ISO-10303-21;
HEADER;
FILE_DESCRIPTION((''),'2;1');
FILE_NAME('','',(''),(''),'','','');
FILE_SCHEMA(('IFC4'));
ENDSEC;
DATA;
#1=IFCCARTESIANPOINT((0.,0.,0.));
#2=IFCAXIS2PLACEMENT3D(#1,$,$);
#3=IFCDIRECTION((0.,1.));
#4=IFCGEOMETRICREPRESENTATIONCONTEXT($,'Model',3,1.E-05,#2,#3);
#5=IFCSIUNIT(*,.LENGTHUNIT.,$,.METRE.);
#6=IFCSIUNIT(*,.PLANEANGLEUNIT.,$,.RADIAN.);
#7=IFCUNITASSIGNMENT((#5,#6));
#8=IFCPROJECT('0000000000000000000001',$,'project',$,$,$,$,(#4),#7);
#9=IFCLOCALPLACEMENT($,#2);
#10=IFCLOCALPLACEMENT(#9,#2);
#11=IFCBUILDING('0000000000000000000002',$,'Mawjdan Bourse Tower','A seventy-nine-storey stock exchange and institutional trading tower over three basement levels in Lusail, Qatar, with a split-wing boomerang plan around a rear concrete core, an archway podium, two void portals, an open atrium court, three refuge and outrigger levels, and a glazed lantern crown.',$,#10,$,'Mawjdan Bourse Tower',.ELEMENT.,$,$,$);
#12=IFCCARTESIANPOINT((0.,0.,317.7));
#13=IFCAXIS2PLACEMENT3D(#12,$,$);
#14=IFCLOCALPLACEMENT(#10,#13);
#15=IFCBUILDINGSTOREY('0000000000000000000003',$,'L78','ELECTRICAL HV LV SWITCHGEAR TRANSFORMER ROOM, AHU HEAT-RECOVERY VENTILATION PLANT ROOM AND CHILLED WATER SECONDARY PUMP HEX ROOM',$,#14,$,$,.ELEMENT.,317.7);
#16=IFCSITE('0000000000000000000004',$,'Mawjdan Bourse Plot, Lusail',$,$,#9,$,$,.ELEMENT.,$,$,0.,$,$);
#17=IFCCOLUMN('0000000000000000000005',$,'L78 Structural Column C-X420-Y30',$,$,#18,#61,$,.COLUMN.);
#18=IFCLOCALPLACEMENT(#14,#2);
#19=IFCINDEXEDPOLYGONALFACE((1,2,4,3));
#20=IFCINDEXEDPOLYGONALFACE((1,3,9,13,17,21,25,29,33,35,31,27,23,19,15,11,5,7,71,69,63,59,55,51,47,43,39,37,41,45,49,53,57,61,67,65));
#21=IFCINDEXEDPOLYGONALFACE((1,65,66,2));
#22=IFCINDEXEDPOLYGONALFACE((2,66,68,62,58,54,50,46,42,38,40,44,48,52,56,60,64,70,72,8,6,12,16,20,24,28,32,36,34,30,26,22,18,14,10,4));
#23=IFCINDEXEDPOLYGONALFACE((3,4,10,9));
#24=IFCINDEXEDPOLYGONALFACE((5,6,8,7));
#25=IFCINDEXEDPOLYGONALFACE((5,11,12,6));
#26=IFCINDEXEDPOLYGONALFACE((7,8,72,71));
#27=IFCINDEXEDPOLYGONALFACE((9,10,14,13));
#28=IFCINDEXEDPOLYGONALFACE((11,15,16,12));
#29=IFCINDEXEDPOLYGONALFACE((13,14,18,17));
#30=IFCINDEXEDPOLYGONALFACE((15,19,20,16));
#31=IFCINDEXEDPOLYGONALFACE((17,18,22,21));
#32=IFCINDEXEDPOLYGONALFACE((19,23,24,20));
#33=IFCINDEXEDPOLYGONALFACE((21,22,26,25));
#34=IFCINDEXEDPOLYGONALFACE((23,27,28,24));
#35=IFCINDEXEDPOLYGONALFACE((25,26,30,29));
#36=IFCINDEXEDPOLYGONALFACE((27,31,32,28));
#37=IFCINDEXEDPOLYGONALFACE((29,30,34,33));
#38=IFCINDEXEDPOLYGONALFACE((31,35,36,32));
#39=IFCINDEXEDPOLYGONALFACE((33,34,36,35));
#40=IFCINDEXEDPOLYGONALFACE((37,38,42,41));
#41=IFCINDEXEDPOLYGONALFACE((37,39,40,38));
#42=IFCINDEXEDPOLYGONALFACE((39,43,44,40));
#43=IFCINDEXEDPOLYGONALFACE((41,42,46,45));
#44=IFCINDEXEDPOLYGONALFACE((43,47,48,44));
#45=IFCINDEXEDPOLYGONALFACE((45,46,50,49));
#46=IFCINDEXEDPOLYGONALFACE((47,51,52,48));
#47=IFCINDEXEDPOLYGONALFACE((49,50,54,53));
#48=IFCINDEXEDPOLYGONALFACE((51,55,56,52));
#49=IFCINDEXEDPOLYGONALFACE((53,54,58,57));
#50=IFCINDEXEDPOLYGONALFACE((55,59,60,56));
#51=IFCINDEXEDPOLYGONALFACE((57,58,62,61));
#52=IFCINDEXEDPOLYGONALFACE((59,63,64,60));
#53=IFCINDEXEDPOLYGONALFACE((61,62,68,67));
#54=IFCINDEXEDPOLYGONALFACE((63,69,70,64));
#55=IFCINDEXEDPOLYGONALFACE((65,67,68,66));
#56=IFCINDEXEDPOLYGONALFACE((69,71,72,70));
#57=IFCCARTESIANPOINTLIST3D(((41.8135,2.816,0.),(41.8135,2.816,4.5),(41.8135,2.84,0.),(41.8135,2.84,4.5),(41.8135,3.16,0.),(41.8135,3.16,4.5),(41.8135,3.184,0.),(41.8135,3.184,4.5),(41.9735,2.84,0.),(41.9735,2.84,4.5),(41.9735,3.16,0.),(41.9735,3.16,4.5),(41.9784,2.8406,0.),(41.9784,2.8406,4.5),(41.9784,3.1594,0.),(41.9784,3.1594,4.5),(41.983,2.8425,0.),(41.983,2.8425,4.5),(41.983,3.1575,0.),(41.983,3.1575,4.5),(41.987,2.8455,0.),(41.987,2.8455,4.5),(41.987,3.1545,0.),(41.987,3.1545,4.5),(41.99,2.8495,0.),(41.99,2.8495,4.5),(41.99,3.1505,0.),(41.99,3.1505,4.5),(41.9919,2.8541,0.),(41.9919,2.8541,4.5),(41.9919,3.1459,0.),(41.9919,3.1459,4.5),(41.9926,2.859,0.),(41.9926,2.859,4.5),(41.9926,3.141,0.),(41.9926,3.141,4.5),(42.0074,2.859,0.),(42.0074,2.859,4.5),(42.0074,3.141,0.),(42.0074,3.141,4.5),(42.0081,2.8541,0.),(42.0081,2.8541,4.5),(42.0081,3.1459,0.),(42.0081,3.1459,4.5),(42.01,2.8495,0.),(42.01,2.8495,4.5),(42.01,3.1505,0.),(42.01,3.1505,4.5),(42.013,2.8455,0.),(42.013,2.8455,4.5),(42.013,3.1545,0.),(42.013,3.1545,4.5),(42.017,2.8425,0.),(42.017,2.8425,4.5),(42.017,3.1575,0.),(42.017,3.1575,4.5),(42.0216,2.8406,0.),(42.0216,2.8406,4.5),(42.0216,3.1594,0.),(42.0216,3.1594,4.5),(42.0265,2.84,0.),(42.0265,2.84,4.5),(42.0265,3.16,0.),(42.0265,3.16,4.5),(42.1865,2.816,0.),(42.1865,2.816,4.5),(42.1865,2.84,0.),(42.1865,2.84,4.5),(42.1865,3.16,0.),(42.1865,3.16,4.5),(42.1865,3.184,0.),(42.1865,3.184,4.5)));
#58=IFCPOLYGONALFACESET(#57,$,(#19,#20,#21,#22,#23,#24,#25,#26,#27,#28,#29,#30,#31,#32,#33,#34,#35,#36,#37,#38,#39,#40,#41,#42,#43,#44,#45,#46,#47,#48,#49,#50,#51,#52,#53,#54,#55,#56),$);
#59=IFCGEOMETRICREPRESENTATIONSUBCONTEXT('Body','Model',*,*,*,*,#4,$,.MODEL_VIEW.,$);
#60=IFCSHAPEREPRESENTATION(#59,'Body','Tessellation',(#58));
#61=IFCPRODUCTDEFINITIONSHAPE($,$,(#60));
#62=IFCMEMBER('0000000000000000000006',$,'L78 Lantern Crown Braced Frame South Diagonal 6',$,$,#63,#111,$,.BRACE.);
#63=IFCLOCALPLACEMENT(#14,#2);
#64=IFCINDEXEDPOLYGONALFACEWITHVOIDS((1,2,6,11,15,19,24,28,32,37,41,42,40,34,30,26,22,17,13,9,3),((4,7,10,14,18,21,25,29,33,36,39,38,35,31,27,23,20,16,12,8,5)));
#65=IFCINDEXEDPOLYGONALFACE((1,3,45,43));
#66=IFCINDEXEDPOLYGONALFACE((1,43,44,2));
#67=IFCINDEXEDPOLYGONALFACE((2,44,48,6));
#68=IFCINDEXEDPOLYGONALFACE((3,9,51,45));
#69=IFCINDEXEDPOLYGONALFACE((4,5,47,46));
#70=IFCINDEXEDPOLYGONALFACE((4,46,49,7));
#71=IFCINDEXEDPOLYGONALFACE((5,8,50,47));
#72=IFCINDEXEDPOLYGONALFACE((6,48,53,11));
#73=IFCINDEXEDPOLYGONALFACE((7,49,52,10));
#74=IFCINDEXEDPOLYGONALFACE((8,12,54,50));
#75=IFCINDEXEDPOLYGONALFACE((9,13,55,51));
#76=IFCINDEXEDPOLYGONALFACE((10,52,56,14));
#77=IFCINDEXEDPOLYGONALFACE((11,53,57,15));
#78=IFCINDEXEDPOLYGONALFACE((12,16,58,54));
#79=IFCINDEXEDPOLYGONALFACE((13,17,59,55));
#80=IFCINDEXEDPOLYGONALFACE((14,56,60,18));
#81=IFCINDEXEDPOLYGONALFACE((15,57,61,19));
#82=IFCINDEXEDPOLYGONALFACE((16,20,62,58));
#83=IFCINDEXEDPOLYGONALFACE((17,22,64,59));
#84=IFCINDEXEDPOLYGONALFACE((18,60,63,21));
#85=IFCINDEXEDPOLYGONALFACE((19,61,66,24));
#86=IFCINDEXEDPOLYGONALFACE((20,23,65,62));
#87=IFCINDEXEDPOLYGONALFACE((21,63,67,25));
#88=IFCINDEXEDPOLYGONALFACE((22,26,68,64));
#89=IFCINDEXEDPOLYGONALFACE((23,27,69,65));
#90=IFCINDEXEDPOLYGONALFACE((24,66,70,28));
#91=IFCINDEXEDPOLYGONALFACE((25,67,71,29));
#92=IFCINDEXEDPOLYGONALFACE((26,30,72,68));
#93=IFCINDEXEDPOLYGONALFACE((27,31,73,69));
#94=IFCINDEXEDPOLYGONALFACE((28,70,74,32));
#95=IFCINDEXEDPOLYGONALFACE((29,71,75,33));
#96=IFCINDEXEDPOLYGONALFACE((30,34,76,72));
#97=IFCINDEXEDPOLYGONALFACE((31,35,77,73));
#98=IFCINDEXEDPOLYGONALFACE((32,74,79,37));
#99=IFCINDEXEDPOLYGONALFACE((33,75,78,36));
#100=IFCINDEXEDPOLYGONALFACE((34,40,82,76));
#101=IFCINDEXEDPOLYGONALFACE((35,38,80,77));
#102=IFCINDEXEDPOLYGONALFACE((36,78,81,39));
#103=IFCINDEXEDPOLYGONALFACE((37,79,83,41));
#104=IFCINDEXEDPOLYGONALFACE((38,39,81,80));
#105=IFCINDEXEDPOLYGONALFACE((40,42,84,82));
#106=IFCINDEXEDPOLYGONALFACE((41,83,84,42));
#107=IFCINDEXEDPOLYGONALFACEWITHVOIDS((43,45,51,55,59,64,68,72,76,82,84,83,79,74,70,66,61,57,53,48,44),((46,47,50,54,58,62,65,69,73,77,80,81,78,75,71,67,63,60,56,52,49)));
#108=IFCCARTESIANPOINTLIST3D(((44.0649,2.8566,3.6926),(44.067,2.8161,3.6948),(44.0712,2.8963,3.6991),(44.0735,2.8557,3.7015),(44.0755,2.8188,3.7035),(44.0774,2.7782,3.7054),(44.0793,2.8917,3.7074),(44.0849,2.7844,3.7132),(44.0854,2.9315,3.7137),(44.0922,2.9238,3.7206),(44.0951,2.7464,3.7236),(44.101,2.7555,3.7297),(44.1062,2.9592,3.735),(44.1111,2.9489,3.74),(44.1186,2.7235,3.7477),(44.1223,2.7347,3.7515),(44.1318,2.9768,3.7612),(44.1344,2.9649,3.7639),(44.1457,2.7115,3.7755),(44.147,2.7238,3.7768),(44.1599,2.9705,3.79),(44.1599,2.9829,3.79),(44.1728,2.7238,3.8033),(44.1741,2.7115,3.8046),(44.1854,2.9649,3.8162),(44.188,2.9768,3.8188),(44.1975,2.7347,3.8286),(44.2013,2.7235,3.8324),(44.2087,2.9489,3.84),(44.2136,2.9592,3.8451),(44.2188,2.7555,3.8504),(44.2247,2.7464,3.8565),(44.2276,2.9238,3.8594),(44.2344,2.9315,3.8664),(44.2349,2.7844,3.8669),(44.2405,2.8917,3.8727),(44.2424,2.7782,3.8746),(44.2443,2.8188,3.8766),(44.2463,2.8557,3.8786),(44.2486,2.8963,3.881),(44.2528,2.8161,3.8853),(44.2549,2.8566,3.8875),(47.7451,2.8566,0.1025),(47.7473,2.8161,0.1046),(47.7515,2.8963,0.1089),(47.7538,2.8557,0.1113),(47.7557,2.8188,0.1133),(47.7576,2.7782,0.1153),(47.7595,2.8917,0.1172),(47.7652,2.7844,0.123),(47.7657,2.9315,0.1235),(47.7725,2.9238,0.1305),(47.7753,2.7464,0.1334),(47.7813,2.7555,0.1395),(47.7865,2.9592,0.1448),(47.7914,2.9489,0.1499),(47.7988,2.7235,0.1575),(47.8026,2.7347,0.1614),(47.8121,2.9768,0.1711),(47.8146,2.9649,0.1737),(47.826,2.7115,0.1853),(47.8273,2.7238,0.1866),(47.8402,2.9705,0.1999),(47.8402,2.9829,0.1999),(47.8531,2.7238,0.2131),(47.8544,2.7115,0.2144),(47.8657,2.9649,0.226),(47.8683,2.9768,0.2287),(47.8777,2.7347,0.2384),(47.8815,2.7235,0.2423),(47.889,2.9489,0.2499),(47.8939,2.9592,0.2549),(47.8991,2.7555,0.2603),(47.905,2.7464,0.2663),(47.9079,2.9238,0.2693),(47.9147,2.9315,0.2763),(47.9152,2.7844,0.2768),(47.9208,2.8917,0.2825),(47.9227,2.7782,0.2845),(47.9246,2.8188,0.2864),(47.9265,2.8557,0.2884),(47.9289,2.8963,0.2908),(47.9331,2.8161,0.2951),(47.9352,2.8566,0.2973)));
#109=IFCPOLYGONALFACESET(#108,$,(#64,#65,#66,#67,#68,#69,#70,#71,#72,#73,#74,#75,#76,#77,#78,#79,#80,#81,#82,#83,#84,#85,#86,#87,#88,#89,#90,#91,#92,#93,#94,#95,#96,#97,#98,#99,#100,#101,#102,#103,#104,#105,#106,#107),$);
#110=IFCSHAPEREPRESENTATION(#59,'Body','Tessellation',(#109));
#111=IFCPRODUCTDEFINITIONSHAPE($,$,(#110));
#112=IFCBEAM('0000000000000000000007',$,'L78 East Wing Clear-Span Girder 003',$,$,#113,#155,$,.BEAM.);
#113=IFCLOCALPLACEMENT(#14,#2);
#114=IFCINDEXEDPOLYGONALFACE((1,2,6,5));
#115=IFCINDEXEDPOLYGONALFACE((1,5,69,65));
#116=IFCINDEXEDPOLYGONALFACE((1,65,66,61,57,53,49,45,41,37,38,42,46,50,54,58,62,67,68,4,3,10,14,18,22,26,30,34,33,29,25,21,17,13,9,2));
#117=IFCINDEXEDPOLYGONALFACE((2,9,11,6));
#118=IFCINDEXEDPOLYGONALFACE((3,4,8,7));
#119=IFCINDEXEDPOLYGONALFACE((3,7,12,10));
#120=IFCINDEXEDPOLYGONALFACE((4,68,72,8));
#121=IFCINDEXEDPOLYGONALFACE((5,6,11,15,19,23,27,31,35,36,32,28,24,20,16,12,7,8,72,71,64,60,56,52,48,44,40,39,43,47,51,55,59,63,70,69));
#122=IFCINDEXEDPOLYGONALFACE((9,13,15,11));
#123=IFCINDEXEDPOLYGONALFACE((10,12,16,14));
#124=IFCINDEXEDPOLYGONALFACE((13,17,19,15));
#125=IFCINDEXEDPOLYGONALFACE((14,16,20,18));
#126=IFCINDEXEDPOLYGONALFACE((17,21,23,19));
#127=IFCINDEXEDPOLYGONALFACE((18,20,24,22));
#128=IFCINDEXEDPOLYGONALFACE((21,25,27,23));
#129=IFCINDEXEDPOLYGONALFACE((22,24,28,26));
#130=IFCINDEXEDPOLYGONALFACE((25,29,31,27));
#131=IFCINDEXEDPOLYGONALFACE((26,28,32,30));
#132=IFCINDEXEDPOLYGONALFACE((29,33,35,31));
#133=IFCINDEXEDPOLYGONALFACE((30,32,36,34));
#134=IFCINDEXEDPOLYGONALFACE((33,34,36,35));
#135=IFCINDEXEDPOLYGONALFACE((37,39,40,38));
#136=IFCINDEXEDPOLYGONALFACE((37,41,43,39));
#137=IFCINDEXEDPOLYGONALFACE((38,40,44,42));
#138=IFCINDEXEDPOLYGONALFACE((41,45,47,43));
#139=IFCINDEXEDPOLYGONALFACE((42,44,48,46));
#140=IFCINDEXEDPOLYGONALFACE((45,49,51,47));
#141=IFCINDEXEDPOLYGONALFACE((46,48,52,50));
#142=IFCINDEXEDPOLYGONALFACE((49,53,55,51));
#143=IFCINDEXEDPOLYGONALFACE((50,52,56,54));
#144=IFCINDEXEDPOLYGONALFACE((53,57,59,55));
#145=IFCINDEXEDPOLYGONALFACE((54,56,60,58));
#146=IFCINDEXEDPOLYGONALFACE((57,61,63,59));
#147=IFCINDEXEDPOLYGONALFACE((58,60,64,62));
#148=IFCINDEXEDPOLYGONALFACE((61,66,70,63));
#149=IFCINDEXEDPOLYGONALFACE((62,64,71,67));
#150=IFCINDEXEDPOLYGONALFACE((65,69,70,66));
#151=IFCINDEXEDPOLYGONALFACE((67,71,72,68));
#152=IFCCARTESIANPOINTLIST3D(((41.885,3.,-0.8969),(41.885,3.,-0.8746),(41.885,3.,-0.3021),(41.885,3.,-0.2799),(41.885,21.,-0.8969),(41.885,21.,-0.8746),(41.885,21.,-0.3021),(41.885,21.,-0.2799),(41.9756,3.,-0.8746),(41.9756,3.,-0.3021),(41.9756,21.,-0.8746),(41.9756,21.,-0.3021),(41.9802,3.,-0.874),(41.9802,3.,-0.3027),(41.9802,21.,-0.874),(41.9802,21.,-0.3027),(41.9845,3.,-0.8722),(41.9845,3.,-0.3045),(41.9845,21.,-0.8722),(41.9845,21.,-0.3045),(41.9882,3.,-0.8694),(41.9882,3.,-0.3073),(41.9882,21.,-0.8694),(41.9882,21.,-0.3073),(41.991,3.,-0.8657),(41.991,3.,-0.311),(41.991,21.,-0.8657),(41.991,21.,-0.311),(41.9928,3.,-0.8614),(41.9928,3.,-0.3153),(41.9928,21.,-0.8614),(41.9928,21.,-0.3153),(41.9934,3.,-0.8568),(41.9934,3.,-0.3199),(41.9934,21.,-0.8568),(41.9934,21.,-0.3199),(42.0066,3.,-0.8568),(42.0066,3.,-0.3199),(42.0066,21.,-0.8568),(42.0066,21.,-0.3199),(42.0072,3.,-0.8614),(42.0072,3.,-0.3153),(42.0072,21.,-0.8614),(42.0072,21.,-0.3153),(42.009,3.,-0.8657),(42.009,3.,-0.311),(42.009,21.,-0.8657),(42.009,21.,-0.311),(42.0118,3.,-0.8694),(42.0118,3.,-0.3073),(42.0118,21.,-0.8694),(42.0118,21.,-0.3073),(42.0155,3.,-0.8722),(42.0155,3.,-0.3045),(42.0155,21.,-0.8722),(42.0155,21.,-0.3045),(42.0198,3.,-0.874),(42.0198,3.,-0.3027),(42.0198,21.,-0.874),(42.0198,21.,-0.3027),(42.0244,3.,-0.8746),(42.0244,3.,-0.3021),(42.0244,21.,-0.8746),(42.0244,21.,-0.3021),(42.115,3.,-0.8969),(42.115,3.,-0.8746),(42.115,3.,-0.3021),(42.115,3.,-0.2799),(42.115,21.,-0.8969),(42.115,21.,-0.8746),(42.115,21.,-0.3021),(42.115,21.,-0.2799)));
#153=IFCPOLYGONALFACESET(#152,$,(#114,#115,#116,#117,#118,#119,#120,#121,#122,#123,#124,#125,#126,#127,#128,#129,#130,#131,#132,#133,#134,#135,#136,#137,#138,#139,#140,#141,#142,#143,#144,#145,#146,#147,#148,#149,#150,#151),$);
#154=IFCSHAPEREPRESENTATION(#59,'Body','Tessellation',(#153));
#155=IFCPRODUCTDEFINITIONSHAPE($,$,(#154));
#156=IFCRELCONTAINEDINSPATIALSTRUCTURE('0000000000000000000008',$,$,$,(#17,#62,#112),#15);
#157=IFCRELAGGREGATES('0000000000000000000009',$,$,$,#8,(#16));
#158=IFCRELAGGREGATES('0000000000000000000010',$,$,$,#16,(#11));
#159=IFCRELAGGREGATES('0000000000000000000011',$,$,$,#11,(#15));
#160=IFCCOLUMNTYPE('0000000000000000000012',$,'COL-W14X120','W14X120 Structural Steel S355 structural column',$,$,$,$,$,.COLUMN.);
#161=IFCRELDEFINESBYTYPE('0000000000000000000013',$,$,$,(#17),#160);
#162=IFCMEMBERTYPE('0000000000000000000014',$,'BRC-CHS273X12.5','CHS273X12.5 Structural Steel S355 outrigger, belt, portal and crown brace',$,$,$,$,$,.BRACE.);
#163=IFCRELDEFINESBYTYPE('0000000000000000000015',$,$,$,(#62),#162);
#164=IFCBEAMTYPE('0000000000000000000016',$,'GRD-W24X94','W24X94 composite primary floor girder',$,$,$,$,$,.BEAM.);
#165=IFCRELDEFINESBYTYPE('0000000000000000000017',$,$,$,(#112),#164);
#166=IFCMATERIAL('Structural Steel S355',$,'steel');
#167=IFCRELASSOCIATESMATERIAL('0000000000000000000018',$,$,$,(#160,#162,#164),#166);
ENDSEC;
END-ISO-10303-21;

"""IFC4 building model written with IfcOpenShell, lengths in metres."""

from ifc_helpers import new_model, si_unit, direction, frame, origin, origin_2d, place, context, subcontext, project, spatial, hollow_circle, i_section, extrude, material, material_profile, profile_set, type_object, element, save


model = new_model("IFC4")

# Units and contexts
model_context = context("Model", 3, precision=1e-05, world=origin(), true_north=direction((0.0, 1.0)))
body_context = subcontext(model_context, "Body", "Model", "MODEL_VIEW")
ifc_project = project(units=[si_unit("LENGTHUNIT", "METRE"), si_unit("PLANEANGLEUNIT", "RADIAN")], contexts=[model_context])

# Site, building, storey
site_placement = place(None, origin())
site = spatial("IfcSite", under=ifc_project, at=site_placement, Name="Mawjdan Bourse Plot, Lusail", CompositionType="ELEMENT", RefElevation=0.0)
building_placement = place(site_placement, origin())
building = spatial("IfcBuilding", under=site, at=building_placement, Name="Mawjdan Bourse Tower", Description="A seventy-nine-storey stock exchange and institutional trading tower over three basement levels in Lusail, Qatar, with a split-wing boomerang plan around a rear concrete core, an archway podium, two void portals, an open atrium court, three refuge and outrigger levels, and a glazed lantern crown.", LongName="Mawjdan Bourse Tower", CompositionType="ELEMENT")
storey_placement = place(building_placement, frame((0.0, 0.0, 317.7)))
storey = spatial("IfcBuildingStorey", under=building, at=storey_placement, Name="L78", Description="ELECTRICAL HV LV SWITCHGEAR TRANSFORMER ROOM, AHU HEAT-RECOVERY VENTILATION PLANT ROOM AND CHILLED WATER SECONDARY PUMP HEX ROOM", CompositionType="ELEMENT", Elevation=317.7)

# Column
ifc_material_1 = material(Name="Structural Steel S355", Category="steel")
ifc_material_profile_1 = material_profile(ifc_material_1, i_section(OverallWidth=0.373, OverallDepth=0.3679, WebThickness=0.0149, FlangeThickness=0.0239, FilletRadius=0.019, at=origin_2d()), Name="W14X120")
ifc_profile_set_1 = profile_set([ifc_material_profile_1], Name="Structural Steel S355")
column_type = type_object("IfcColumnType", Name="COL-W14X120", Description="W14X120 Structural Steel S355 structural column", PredefinedType="COLUMN", material=ifc_profile_set_1)
column_placement = place(storey_placement, frame((42.0, 3.0, 0.0), z_axis=(0.0, 0.0, 1.0), x_axis=(1.0, 0.0, 0.0)))
element("IfcColumn", 1, at=column_placement, inside=storey, type_object=column_type, Name="L78 Structural Column C-X420-Y30", PredefinedType="COLUMN", context=body_context, shape_type="SweptSolid", body=[
    extrude(i_section(OverallWidth=0.373, OverallDepth=0.3679, WebThickness=0.0149, FlangeThickness=0.0239, FilletRadius=0.019, at=origin_2d()), origin(), (0.0, 0.0, 1.0), 4.5),
])

# Member
ifc_material_profile_2 = material_profile(ifc_material_1, hollow_circle(Radius=0.1365, WallThickness=0.0125, at=origin_2d()), Name="CHS273X12.5")
ifc_profile_set_2 = profile_set([ifc_material_profile_2], Name="Structural Steel S355")
member_type_1 = type_object("IfcMemberType", Name="BRC-CHS273X12.5", Description="CHS273X12.5 Structural Steel S355 outrigger, belt, portal and crown brace", PredefinedType="BRACE", material=ifc_profile_set_2)
member_1_placement = place(storey_placement, frame((44.1599, 2.8464, 3.79), z_axis=(0.715814, 0.0, -0.698291), x_axis=(0.0, 1.0, 0.0)))
element("IfcMember", 2, at=member_1_placement, inside=storey, type_object=member_type_1, Name="L78 Lantern Crown Braced Frame South Diagonal 6", PredefinedType="BRACE", context=body_context, shape_type="SweptSolid", body=[
    extrude(hollow_circle(Radius=0.1365, WallThickness=0.0125, at=origin_2d()), origin(), (0.0, 0.0, 1.0), 5.1414),
])

# Beam
ifc_material_profile_3 = material_profile(ifc_material_1, i_section(OverallWidth=0.23, OverallDepth=0.6169, WebThickness=0.0132, FlangeThickness=0.0222, FilletRadius=0.0178, at=origin_2d()), Name="W24X94")
ifc_profile_set_3 = profile_set([ifc_material_profile_3], Name="Structural Steel S355")
beam_type_1 = type_object("IfcBeamType", Name="GRD-W24X94", Description="W24X94 composite primary floor girder", PredefinedType="BEAM", material=ifc_profile_set_3)
beam_1_placement = place(storey_placement, frame((42.0, 3.0, -0.5884), z_axis=(0.0, 1.0, 0.0), x_axis=(-1.0, 0.0, 0.0)))
element("IfcBeam", 3, at=beam_1_placement, inside=storey, type_object=beam_type_1, Name="L78 East Wing Clear-Span Girder 003", PredefinedType="BEAM", context=body_context, shape_type="SweptSolid", body=[
    extrude(i_section(OverallWidth=0.23, OverallDepth=0.6169, WebThickness=0.0132, FlangeThickness=0.0222, FilletRadius=0.0178, at=origin_2d()), origin(), (0.0, 0.0, 1.0), 18.0),
])

save(model, "model.ifc")
